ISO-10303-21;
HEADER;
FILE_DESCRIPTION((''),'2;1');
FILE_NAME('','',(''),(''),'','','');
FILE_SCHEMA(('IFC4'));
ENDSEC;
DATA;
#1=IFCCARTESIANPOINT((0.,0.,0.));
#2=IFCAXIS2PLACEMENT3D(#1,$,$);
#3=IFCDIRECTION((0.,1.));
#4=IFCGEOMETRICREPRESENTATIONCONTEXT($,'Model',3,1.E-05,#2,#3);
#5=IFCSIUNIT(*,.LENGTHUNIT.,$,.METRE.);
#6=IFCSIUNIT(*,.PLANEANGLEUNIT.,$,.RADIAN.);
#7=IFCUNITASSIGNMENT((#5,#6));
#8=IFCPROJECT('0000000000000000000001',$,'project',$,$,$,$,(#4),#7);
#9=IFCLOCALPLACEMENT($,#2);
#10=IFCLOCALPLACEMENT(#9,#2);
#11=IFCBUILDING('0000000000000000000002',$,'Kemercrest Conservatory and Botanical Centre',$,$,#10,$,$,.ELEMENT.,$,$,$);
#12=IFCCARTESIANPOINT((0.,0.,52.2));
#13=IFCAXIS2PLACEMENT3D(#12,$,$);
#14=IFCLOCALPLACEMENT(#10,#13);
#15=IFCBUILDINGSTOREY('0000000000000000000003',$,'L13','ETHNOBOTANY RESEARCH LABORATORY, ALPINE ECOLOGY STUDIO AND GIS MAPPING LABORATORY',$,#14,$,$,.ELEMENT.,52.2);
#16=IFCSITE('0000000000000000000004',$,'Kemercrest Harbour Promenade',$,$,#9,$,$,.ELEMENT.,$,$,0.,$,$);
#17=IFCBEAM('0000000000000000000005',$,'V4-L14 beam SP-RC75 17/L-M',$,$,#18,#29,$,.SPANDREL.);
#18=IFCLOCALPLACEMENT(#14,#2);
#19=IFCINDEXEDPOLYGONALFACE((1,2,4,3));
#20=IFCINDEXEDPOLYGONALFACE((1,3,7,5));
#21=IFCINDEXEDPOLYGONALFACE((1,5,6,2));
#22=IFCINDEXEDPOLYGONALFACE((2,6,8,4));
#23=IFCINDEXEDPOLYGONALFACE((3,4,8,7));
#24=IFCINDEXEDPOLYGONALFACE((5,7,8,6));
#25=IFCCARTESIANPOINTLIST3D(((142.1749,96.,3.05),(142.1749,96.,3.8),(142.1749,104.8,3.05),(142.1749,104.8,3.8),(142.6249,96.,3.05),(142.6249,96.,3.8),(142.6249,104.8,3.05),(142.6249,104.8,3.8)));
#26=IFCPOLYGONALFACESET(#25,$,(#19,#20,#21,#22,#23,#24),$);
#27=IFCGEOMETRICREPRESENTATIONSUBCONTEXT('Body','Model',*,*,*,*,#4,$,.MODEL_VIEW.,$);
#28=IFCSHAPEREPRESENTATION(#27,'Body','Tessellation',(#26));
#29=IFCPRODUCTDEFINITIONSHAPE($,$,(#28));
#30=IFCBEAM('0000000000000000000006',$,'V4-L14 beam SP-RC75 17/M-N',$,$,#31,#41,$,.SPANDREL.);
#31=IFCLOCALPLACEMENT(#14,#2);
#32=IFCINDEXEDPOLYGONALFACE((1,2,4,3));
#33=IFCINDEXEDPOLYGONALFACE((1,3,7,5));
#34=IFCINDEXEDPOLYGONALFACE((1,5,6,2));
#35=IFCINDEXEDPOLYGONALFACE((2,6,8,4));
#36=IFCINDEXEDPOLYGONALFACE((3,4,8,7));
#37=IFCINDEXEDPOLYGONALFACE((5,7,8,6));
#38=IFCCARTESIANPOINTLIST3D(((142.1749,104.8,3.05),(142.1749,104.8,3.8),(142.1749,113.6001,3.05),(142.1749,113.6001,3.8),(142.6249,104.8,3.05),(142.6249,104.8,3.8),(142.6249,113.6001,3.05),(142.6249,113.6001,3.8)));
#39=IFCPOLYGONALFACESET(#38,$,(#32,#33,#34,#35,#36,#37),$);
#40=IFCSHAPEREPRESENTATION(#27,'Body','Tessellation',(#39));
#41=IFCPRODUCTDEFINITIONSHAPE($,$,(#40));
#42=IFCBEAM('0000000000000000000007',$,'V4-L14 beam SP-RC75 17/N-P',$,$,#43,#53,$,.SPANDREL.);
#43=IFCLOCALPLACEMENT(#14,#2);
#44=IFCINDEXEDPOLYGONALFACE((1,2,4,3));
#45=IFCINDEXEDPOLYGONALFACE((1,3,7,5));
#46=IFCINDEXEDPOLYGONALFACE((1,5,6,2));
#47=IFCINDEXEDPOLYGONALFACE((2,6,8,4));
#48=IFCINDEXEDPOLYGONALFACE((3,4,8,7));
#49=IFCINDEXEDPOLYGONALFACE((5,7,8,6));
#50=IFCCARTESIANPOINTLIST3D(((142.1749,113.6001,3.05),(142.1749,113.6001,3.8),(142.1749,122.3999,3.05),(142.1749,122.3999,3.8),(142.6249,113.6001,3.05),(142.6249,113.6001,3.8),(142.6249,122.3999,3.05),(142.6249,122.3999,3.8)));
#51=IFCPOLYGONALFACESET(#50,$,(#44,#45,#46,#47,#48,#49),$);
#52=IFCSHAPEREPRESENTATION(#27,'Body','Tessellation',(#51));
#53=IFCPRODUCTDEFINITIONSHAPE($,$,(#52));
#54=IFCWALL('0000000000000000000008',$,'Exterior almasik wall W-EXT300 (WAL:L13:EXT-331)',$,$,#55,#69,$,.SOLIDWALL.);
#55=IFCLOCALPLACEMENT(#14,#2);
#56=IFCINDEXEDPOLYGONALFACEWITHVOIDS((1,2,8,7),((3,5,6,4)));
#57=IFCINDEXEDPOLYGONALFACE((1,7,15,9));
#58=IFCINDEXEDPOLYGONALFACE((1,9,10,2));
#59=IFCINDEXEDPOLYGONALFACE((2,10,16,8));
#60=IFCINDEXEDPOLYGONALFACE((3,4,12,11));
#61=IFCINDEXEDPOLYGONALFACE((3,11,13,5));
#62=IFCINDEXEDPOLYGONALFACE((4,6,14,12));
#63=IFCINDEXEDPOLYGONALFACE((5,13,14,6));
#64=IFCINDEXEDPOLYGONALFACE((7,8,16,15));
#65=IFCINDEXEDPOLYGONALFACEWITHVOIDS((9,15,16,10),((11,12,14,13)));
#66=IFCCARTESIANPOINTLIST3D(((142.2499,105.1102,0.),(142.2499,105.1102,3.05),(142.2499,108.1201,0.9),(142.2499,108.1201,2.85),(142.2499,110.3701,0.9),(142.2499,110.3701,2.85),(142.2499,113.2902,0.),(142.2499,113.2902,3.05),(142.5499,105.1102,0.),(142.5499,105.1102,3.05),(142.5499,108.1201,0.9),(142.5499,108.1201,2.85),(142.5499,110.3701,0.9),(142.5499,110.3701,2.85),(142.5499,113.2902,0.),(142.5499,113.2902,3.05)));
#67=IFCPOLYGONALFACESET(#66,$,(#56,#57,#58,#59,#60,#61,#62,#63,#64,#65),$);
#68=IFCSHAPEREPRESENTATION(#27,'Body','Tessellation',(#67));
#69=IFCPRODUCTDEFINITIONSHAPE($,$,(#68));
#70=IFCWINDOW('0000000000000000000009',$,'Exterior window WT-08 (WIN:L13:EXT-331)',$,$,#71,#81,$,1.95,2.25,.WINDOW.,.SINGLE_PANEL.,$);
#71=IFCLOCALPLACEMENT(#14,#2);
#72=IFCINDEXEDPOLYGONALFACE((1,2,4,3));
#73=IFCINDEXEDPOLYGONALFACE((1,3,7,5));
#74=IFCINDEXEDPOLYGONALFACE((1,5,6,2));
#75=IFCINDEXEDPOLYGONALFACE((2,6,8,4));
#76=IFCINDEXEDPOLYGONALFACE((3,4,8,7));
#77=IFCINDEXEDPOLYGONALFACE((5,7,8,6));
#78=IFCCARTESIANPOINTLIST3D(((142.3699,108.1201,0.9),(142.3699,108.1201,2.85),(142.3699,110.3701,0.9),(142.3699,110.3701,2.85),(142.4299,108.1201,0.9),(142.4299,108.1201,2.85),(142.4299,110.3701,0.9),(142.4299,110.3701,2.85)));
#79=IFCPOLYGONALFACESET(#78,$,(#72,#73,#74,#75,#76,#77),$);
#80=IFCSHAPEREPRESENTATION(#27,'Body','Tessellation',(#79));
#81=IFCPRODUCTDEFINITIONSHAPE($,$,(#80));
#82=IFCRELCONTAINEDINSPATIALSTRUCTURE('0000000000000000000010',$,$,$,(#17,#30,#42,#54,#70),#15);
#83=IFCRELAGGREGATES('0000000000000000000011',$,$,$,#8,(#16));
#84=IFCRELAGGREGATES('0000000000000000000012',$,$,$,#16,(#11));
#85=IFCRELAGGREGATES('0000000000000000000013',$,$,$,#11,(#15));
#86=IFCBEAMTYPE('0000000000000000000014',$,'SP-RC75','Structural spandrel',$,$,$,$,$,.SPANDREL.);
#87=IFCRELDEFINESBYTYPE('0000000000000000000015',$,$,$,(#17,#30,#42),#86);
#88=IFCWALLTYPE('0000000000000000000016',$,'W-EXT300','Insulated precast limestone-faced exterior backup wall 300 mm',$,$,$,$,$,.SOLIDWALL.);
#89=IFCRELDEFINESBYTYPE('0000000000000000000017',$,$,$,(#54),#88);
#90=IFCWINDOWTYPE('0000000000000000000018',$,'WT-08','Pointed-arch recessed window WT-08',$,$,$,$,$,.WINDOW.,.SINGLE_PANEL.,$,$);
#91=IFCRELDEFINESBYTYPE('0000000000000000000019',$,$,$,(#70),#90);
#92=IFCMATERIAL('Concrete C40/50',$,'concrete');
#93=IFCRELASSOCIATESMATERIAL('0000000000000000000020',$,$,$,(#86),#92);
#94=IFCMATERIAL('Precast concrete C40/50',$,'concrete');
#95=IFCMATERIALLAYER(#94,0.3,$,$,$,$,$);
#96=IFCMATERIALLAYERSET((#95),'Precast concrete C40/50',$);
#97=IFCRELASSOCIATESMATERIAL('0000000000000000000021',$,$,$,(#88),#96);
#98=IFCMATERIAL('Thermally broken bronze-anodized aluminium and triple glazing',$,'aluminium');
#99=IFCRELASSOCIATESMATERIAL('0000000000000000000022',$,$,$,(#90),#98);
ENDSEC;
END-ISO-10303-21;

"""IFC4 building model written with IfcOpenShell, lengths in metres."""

from ifc_helpers import new_model, si_unit, direction, frame, frame_2d, origin, origin_2d, place, context, subcontext, project, spatial, rectangle, extrude, material, layer, layer_set, material_profile, profile_set, type_object, element, fill, save


model = new_model("IFC4")

# Units and contexts
model_context = context("Model", 3, precision=1e-05, world=origin(), true_north=direction((0.0, 1.0)))
body_context = subcontext(model_context, "Body", "Model", "MODEL_VIEW")
ifc_project = project(units=[si_unit("LENGTHUNIT", "METRE"), si_unit("PLANEANGLEUNIT", "RADIAN")], contexts=[model_context])

# Site, building, storey
site_placement = place(None, origin())
site = spatial("IfcSite", under=ifc_project, at=site_placement, Name="Kemercrest Harbour Promenade", CompositionType="ELEMENT", RefElevation=0.0)
building_placement = place(site_placement, origin())
building = spatial("IfcBuilding", under=site, at=building_placement, Name="Kemercrest Conservatory and Botanical Centre", CompositionType="ELEMENT")
storey_placement = place(building_placement, frame((0.0, 0.0, 52.2)))
storey = spatial("IfcBuildingStorey", under=building, at=storey_placement, Name="L13", Description="ETHNOBOTANY RESEARCH LABORATORY, ALPINE ECOLOGY STUDIO AND GIS MAPPING LABORATORY", CompositionType="ELEMENT", Elevation=52.2)

# Shared definitions
ifc_material_1 = material(Name="Concrete C40/50", Category="concrete")

# Beams
ifc_material_profile_1 = material_profile(ifc_material_1, rectangle(XDim=0.45, YDim=0.75, at=origin_2d()), Name="RC 450x750")
ifc_profile_set_1 = profile_set([ifc_material_profile_1], Name="Concrete C40/50")
beam_type_1 = type_object("IfcBeamType", Name="SP-RC75", Description="Structural spandrel", PredefinedType="SPANDREL", material=ifc_profile_set_1)
for number, where, z_axis, x_axis, name in (
    (1, (142.3999, 96.0, 3.425), (0.0, 1.0, 0.0), (-1.0, 0.0, 0.0), "V4-L14 beam SP-RC75 17/L-M"),
    (2, (142.3999, 104.8, 3.425), (0.0, 1.0, 0.0), (-1.0, 0.0, 0.0), "V4-L14 beam SP-RC75 17/M-N"),
):
    element("IfcBeam", number, at=place(storey_placement, frame(where, z_axis=z_axis, x_axis=x_axis)), inside=storey, type_object=beam_type_1, Name=name, PredefinedType="SPANDREL", context=body_context, shape_type="SweptSolid", body=[
        extrude(rectangle(XDim=0.45, YDim=0.75, at=origin_2d()), origin(), (0.0, 0.0, 1.0), 8.8),
    ])
beam_1_placement = place(storey_placement, frame((142.3999, 113.6001, 3.425), z_axis=(0.0, 1.0, 0.0), x_axis=(-1.0, 0.0, 0.0)))
element("IfcBeam", 3, at=beam_1_placement, inside=storey, type_object=beam_type_1, Name="V4-L14 beam SP-RC75 17/N-P", PredefinedType="SPANDREL", context=body_context, shape_type="SweptSolid", body=[
    extrude(rectangle(XDim=0.45, YDim=0.75, at=origin_2d()), origin(), (0.0, 0.0, 1.0), 8.7998),
])

# Wall, opening, window
ifc_material_2 = material(Name="Precast concrete C40/50", Category="concrete")
ifc_layer = layer(ifc_material_2, 0.3)
ifc_layer_set = layer_set([ifc_layer], Name="Precast concrete C40/50")
wall_type = type_object("IfcWallType", Name="W-EXT300", Description="Insulated precast limestone-faced exterior backup wall 300 mm", PredefinedType="SOLIDWALL", material=ifc_layer_set)
wall_placement = place(storey_placement, frame((142.3999, 113.29, 0.0), z_axis=(0.0, 0.0, 1.0), x_axis=(0.0, -1.0, 0.0)))
wall = element("IfcWall", 4, at=wall_placement, inside=storey, type_object=wall_type, Name="Exterior almasik wall W-EXT300 (WAL:L13:EXT-331)", PredefinedType="SOLIDWALL", context=body_context, shape_type="SweptSolid", body=[
    extrude(rectangle(XDim=8.1799, YDim=0.3, at=frame_2d((4.0898, 0.0))), origin(), (0.0, 0.0, 1.0), 3.05),
])
opening_placement = place(wall_placement, frame((2.9199, 0.0, 0.8999)))
opening = element("IfcOpeningElement", 5, at=opening_placement, cuts=wall, PredefinedType="OPENING", context=body_context, shape_type="SweptSolid", body=[
    extrude(rectangle(XDim=2.25, YDim=1.95, at=frame_2d((1.125, 0.9751))), frame((0.0, 0.1602, 0.0), z_axis=(0.0, -1.0, 0.0), x_axis=(1.0, 0.0, 0.0)), (0.0, 0.0, 1.0), 0.3201),
])
ifc_material_3 = material(Name="Thermally broken bronze-anodized aluminium and triple glazing", Category="aluminium")
window_type = type_object("IfcWindowType", Name="WT-08", Description="Pointed-arch recessed window WT-08", PartitioningType="SINGLE_PANEL", PredefinedType="WINDOW", material=ifc_material_3)
window_placement = place(opening_placement, origin())
window = element("IfcWindow", 6, at=window_placement, inside=storey, type_object=window_type, Name="Exterior window WT-08 (WIN:L13:EXT-331)", OverallHeight=1.95, OverallWidth=2.25, PartitioningType="SINGLE_PANEL", PredefinedType="WINDOW", context=body_context, shape_type="SweptSolid", body=[
    extrude(rectangle(XDim=2.25, YDim=1.95, at=frame_2d((1.125, 0.9751))), frame((0.0, 0.03, 0.0), z_axis=(0.0, -1.0, 0.0), x_axis=(1.0, 0.0, 0.0)), (0.0, 0.0, 1.0), 0.0601),
])
fill(opening, window)

save(model, "model.ifc")
